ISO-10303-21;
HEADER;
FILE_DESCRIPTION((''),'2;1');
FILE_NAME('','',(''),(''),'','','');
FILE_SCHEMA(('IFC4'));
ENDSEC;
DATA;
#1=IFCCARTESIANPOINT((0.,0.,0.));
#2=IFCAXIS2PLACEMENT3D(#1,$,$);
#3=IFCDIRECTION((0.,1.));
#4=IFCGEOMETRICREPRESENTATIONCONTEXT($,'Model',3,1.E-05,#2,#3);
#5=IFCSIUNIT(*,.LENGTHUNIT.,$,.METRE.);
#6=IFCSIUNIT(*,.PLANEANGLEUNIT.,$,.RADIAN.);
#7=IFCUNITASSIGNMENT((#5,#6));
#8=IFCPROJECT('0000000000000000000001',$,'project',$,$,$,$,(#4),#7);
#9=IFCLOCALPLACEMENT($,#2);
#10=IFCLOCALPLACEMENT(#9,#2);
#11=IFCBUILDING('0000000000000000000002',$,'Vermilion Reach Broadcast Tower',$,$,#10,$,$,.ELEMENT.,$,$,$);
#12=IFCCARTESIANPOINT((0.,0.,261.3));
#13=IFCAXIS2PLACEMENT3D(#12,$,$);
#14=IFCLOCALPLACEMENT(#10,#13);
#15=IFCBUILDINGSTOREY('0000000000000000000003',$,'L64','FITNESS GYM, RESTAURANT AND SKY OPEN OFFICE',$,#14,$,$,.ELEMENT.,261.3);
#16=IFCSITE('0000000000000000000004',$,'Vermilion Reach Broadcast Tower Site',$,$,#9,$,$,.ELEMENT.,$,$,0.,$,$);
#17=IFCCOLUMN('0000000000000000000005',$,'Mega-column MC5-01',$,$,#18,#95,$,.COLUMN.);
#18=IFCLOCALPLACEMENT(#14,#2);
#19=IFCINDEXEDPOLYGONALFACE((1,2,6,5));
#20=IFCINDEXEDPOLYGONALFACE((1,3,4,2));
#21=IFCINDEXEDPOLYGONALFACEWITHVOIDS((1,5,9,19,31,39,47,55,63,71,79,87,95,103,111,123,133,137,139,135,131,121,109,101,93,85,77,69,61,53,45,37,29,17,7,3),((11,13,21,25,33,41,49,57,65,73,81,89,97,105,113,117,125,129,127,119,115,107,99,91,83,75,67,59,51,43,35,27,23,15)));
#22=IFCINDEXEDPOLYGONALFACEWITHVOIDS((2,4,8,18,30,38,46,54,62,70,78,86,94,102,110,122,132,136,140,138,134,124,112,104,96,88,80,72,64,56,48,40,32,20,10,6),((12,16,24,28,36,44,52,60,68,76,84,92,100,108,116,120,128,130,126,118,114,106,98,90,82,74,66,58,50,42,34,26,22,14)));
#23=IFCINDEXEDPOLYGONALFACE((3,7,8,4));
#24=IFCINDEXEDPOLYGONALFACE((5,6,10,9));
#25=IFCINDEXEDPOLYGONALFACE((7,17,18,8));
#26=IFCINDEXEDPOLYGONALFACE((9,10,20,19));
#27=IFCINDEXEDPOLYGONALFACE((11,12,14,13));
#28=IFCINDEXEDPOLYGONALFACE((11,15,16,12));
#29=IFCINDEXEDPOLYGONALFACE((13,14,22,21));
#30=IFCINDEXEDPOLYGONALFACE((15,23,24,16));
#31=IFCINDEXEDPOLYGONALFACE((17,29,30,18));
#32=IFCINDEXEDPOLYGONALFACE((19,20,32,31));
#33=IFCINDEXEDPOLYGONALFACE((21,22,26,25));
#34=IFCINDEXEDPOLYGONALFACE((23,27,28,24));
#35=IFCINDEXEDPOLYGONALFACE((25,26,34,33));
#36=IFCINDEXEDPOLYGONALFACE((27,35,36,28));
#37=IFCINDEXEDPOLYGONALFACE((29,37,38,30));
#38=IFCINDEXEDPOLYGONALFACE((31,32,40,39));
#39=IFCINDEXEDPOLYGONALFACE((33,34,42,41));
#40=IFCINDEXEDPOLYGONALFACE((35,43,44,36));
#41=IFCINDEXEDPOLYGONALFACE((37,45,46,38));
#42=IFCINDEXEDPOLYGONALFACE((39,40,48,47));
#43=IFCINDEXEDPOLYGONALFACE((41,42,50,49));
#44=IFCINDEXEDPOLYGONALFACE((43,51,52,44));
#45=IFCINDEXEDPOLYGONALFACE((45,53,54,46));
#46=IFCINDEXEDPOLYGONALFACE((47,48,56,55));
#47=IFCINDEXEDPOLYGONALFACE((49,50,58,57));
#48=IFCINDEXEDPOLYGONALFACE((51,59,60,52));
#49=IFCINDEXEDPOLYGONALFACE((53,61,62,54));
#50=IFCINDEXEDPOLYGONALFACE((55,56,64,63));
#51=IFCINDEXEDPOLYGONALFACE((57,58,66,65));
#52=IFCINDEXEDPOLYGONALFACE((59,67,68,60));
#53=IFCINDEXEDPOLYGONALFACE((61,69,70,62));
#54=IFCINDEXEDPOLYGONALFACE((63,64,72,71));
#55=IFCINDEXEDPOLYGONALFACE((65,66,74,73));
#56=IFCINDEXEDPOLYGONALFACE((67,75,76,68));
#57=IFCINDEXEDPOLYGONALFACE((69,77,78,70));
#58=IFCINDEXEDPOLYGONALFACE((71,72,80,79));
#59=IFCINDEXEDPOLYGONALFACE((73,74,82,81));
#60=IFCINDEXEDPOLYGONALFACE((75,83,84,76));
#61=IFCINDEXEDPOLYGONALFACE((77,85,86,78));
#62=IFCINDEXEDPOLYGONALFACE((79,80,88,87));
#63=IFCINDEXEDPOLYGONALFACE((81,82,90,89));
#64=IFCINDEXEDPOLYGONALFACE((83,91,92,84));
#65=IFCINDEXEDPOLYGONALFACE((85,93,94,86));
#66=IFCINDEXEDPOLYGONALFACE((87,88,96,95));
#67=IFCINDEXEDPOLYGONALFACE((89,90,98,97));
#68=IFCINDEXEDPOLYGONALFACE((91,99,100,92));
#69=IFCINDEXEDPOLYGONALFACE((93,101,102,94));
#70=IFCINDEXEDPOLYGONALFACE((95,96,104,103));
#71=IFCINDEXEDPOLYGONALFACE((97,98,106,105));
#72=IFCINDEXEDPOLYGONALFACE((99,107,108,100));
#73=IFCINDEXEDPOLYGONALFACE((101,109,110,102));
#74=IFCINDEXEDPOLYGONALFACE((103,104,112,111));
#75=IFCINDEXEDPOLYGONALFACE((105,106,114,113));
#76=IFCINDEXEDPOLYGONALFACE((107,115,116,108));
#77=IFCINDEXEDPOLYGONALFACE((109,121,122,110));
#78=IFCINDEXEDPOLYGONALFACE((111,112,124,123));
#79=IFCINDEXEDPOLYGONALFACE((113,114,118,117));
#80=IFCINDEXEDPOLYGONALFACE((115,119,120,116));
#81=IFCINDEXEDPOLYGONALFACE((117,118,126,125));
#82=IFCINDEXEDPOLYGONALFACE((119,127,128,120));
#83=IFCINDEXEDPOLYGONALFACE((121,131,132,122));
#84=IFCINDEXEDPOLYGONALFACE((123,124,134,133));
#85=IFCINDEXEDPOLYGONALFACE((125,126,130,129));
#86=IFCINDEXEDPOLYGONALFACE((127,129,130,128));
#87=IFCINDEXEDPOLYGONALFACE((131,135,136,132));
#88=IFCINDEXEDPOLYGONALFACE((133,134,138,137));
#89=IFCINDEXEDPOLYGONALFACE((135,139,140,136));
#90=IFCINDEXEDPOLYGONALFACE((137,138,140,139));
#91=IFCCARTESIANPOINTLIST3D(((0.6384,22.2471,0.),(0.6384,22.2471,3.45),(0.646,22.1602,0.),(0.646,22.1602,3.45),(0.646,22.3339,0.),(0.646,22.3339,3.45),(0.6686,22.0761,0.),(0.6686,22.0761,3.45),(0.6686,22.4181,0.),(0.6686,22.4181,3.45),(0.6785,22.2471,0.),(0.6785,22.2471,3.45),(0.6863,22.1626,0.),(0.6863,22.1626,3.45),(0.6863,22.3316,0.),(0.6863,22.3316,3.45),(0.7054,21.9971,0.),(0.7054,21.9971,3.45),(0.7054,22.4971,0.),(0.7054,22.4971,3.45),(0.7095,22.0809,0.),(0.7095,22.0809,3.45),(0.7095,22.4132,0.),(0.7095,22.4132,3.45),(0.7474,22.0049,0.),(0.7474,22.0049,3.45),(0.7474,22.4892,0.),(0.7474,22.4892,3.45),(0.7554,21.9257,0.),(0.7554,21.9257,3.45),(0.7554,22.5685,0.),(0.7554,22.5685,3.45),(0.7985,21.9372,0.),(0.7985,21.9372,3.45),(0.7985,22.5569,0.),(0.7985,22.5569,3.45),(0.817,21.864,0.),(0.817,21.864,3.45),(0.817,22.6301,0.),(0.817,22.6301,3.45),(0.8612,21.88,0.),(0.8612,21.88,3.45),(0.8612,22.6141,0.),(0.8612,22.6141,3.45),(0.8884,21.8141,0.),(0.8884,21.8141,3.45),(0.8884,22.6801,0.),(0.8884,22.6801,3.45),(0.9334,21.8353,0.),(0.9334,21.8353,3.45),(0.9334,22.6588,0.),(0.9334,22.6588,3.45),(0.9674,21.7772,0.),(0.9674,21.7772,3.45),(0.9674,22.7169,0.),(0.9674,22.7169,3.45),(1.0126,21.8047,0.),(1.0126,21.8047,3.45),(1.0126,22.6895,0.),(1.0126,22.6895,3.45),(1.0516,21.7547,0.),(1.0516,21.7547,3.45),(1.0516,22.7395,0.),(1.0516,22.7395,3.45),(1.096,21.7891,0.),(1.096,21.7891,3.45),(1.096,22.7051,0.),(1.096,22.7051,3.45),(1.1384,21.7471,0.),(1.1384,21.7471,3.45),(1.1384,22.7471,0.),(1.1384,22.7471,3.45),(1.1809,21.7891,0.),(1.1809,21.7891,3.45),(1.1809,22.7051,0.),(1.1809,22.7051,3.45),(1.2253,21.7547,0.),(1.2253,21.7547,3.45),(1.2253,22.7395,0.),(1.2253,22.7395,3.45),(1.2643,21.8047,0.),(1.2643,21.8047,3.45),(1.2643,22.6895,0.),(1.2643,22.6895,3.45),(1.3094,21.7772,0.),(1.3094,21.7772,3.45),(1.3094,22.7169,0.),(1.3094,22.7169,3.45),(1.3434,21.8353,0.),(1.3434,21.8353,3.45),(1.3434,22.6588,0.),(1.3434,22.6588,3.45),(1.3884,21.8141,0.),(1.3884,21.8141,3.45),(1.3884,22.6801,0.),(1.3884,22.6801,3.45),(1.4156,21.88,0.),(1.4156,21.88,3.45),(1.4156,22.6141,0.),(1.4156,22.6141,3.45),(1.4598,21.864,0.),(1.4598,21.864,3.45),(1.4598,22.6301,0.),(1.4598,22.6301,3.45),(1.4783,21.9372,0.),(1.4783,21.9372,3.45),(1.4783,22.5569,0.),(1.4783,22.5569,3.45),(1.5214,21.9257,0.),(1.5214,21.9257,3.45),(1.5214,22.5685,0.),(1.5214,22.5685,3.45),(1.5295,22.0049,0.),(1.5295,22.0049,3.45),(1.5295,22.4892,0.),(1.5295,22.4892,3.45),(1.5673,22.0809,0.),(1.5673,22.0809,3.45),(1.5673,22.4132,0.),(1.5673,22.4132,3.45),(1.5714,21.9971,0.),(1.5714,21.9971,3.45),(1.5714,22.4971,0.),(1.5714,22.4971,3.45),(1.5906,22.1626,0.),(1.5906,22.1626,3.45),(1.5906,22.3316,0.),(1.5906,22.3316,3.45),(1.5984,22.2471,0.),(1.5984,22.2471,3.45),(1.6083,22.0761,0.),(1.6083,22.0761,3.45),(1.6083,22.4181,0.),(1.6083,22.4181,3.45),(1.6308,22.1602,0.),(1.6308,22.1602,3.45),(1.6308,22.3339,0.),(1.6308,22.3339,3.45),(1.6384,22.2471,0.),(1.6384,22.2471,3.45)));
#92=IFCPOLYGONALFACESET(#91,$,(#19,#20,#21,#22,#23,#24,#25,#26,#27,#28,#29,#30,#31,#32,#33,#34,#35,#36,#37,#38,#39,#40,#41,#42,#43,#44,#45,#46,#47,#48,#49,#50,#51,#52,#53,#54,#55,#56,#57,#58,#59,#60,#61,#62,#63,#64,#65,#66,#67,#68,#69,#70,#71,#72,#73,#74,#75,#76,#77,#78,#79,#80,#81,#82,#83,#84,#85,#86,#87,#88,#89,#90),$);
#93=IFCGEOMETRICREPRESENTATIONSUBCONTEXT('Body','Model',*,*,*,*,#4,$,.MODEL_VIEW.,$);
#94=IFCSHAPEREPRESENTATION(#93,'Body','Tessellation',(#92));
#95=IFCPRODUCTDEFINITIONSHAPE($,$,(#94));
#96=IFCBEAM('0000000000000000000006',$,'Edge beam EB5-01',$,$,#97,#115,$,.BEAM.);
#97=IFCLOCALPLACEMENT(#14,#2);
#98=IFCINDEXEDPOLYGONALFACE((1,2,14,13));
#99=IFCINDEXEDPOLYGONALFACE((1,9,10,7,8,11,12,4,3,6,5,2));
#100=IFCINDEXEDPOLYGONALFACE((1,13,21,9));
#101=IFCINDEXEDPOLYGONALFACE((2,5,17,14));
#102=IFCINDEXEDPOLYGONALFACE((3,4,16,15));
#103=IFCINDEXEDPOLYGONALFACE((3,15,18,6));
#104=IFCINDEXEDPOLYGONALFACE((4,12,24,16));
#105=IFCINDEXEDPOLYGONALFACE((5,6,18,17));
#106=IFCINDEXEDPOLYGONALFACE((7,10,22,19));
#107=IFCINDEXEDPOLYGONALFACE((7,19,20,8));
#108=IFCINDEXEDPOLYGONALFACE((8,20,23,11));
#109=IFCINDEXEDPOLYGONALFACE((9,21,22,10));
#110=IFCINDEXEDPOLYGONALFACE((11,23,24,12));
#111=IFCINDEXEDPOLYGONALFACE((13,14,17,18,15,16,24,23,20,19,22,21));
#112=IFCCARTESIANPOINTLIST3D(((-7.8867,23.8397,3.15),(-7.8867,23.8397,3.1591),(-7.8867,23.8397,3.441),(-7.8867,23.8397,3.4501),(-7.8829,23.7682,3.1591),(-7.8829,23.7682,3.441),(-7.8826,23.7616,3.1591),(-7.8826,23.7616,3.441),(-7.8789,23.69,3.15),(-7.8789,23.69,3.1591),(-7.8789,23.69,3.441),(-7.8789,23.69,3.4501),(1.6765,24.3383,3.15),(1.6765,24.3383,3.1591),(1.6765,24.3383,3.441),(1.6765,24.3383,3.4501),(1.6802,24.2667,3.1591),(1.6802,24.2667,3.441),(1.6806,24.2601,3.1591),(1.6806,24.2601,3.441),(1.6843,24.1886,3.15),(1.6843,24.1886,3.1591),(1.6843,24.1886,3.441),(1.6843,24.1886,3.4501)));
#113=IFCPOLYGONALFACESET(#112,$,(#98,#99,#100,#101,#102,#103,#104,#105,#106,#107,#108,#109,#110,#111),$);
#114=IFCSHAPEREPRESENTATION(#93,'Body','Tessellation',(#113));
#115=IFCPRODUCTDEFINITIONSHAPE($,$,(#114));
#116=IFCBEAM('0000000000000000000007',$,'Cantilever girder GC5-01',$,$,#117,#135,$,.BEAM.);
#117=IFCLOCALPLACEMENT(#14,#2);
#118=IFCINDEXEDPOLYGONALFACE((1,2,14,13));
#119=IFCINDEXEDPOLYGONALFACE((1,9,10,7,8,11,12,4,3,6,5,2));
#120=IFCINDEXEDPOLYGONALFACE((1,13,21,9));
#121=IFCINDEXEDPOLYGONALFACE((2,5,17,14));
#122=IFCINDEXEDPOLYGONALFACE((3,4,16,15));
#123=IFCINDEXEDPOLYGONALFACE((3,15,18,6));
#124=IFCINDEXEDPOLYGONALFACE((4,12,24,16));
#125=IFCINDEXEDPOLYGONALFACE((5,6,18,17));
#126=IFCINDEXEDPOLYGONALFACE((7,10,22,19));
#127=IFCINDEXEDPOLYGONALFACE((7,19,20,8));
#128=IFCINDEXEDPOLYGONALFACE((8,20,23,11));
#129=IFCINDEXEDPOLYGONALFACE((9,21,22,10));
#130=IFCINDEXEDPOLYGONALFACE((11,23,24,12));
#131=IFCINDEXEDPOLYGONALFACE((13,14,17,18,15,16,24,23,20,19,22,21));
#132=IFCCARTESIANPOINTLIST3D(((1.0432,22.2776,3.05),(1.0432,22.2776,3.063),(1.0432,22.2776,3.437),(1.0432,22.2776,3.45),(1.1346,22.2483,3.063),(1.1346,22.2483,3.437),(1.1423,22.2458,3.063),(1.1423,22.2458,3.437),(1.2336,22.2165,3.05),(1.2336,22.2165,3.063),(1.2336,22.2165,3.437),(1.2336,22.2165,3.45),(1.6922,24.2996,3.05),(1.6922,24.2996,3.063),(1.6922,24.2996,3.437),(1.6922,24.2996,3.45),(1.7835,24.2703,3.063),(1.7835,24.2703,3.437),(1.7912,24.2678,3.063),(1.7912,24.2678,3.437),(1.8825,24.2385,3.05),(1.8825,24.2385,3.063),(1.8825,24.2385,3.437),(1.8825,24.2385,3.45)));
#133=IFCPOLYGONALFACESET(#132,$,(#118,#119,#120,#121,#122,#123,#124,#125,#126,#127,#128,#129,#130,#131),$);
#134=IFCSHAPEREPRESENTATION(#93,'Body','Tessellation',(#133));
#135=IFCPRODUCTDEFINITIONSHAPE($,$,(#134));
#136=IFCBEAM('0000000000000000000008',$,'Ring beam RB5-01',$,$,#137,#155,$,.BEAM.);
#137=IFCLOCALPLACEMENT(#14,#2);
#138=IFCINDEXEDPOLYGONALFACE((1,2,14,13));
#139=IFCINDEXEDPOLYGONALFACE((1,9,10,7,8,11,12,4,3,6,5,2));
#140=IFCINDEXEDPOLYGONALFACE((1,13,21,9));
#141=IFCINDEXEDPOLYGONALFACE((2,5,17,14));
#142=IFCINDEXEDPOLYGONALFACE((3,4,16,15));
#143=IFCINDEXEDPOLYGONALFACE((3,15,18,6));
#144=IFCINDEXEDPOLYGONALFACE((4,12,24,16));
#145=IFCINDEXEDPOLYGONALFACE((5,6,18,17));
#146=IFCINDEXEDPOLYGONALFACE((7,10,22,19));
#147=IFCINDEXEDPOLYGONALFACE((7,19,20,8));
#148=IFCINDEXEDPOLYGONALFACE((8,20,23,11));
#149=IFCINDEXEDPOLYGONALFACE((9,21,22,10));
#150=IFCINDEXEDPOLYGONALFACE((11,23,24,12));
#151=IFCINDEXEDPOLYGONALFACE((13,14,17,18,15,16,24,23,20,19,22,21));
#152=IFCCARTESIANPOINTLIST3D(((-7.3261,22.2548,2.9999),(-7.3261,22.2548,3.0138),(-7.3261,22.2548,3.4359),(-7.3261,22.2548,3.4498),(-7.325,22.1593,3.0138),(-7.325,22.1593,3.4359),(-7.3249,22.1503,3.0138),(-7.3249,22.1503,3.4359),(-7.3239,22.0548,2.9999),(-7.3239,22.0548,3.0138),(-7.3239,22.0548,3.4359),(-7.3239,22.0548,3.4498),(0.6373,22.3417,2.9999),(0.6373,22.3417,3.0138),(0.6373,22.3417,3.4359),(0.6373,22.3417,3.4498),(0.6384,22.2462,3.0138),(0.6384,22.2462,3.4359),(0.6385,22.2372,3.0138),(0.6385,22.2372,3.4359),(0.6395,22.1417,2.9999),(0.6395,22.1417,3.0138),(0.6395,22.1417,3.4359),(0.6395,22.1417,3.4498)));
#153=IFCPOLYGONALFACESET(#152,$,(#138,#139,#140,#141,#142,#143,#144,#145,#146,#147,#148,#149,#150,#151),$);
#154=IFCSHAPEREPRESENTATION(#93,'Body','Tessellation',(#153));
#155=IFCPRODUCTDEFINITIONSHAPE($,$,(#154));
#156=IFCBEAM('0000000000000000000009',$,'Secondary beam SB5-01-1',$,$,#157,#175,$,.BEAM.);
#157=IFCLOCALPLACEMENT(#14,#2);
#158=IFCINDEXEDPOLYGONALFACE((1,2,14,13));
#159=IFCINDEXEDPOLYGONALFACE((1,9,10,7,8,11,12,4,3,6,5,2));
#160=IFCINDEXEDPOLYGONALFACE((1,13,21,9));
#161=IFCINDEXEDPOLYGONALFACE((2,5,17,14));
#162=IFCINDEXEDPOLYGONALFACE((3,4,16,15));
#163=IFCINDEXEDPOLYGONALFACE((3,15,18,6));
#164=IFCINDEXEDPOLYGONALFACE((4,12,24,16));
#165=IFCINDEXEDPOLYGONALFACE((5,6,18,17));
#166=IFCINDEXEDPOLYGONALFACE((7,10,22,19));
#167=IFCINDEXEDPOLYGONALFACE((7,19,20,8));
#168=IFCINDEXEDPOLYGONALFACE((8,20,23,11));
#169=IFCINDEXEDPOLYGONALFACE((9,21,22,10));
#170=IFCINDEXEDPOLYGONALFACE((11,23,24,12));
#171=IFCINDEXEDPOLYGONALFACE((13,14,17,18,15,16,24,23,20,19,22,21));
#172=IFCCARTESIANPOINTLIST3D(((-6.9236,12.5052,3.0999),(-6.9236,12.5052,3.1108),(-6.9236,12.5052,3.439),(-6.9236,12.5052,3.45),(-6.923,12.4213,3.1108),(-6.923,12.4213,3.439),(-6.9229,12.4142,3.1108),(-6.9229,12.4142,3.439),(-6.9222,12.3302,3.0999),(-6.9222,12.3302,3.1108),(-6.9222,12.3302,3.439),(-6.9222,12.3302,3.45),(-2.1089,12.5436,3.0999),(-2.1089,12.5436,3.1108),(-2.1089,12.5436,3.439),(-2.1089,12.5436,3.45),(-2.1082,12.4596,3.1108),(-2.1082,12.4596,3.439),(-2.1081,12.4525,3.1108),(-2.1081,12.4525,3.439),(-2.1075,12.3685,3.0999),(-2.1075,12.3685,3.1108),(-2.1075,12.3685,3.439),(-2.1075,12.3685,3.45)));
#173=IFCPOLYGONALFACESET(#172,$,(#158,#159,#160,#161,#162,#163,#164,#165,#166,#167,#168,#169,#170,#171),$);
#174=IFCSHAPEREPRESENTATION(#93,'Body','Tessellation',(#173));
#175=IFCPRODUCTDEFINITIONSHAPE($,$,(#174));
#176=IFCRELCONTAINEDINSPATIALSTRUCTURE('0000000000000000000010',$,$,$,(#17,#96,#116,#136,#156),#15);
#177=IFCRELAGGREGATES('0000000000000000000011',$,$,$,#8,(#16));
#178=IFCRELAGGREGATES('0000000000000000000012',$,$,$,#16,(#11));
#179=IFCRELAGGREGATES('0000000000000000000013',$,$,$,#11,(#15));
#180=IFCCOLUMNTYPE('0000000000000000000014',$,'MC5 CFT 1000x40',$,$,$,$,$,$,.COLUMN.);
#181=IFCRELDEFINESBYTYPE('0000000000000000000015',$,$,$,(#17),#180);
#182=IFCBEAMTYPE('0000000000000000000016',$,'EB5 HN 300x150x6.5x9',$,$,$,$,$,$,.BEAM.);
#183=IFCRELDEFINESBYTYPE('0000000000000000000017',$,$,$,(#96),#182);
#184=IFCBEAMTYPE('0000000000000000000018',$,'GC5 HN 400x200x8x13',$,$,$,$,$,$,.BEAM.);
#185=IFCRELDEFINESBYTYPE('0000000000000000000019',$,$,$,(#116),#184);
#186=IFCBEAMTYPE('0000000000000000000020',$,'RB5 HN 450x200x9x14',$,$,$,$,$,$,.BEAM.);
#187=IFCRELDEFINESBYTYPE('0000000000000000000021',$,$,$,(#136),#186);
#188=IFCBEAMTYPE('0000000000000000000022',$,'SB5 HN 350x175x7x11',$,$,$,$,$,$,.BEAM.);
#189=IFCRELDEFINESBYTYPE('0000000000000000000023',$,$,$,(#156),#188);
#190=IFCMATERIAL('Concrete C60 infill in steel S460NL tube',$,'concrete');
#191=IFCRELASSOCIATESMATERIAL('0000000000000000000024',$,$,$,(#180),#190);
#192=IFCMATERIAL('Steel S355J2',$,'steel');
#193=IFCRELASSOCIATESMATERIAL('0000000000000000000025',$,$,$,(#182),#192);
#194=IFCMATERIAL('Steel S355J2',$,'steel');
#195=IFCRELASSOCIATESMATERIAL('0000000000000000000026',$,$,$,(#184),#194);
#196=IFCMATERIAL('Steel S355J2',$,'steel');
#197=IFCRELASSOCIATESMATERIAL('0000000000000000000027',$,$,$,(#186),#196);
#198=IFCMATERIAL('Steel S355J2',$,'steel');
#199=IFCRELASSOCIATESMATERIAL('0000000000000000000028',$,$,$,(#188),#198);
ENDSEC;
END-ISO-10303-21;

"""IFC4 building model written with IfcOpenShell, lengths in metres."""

from ifc_helpers import new_model, si_unit, direction, frame, origin, origin_2d, place, context, subcontext, project, spatial, hollow_circle, i_section, extrude, material, material_profile, profile_set, type_object, element, save


model = new_model("IFC4")

# Units and contexts
model_context = context("Model", 3, precision=1e-05, world=origin(), true_north=direction((0.0, 1.0)))
body_context = subcontext(model_context, "Body", "Model", "MODEL_VIEW")
ifc_project = project(units=[si_unit("LENGTHUNIT", "METRE"), si_unit("PLANEANGLEUNIT", "RADIAN")], contexts=[model_context])

# Site, building, storey
site_placement = place(None, origin())
site = spatial("IfcSite", under=ifc_project, at=site_placement, Name="Vermilion Reach Broadcast Tower Site", CompositionType="ELEMENT", RefElevation=0.0)
building_placement = place(site_placement, origin())
building = spatial("IfcBuilding", under=site, at=building_placement, Name="Vermilion Reach Broadcast Tower", CompositionType="ELEMENT")
storey_placement = place(building_placement, frame((0.0, 0.0, 261.3)))
storey = spatial("IfcBuildingStorey", under=building, at=storey_placement, Name="L64", Description="FITNESS GYM, RESTAURANT AND SKY OPEN OFFICE", CompositionType="ELEMENT", Elevation=261.3)

# Column
ifc_material_1 = material(Name="Concrete C60 infill in steel S460NL tube", Category="concrete")
ifc_material_profile_1 = material_profile(ifc_material_1, hollow_circle(Radius=0.5, WallThickness=0.04, at=origin_2d()), Name="Concrete C60 infill in steel S460NL tube CFT 1000x40")
ifc_profile_set_1 = profile_set([ifc_material_profile_1], Name="Concrete C60 infill in steel S460NL tube")
column_type = type_object("IfcColumnType", Name="MC5 CFT 1000x40", PredefinedType="COLUMN", material=ifc_profile_set_1)
column_placement = place(storey_placement, frame((1.1384, 22.2471, 0.0), z_axis=(0.0, 0.0, 1.0), x_axis=(1.0, 0.0, 0.0)))
element("IfcColumn", 1, at=column_placement, inside=storey, type_object=column_type, Name="Mega-column MC5-01", PredefinedType="COLUMN", context=body_context, shape_type="SweptSolid", body=[
    extrude(hollow_circle(Radius=0.5, WallThickness=0.04, at=origin_2d()), origin(), (0.0, 0.0, 1.0), 3.45),
])

# Beams
ifc_material_2 = material(Name="Steel S355J2", Category="steel")
ifc_material_profile_2 = material_profile(ifc_material_2, i_section(OverallWidth=0.1499, OverallDepth=0.3, WebThickness=0.0066, FlangeThickness=0.009, at=origin_2d()), Name="S355J2 HN 300x150x6.5x9")
ifc_profile_set_2 = profile_set([ifc_material_profile_2], Name="Steel S355J2")
beam_type_1 = type_object("IfcBeamType", Name="EB5 HN 300x150x6.5x9", PredefinedType="BEAM", material=ifc_profile_set_2)
beam_1_placement = place(storey_placement, frame((1.6804, 24.2634, 3.3), z_axis=(-0.998644, -0.05206, 0.0), x_axis=(0.05206, -0.998644, 0.0)))
element("IfcBeam", 2, at=beam_1_placement, inside=storey, type_object=beam_type_1, Name="Edge beam EB5-01", PredefinedType="BEAM", context=body_context, shape_type="SweptSolid", body=[
    extrude(i_section(OverallWidth=0.1499, OverallDepth=0.3, WebThickness=0.0066, FlangeThickness=0.009, at=origin_2d()), origin(), (0.0, 0.0, 1.0), 9.5762),
])
ifc_material_3 = material(Name="Steel S355J2", Category="steel")
ifc_material_profile_3 = material_profile(ifc_material_3, i_section(OverallWidth=0.2, OverallDepth=0.3999, WebThickness=0.0081, FlangeThickness=0.0129, at=origin_2d()), Name="S355J2 HN 400x200x8x13")
ifc_profile_set_3 = profile_set([ifc_material_profile_3], Name="Steel S355J2")
beam_type_2 = type_object("IfcBeamType", Name="GC5 HN 400x200x8x13", PredefinedType="BEAM", material=ifc_profile_set_3)
beam_2_placement = place(storey_placement, frame((1.1384, 22.2471, 3.25), z_axis=(0.305585, 0.952165, 0.0), x_axis=(-0.952165, 0.305585, 0.0)))
element("IfcBeam", 3, at=beam_2_placement, inside=storey, type_object=beam_type_2, Name="Cantilever girder GC5-01", PredefinedType="BEAM", context=body_context, shape_type="SweptSolid", body=[
    extrude(i_section(OverallWidth=0.2, OverallDepth=0.3999, WebThickness=0.0081, FlangeThickness=0.0129, at=origin_2d()), origin(), (0.0, 0.0, 1.0), 2.1235),
])
ifc_material_4 = material(Name="Steel S355J2", Category="steel")
ifc_material_profile_4 = material_profile(ifc_material_4, i_section(OverallWidth=0.2, OverallDepth=0.45, WebThickness=0.009, FlangeThickness=0.0139, at=origin_2d()), Name="S355J2 HN 450x200x9x14")
ifc_profile_set_4 = profile_set([ifc_material_profile_4], Name="Steel S355J2")
beam_type_3 = type_object("IfcBeamType", Name="RB5 HN 450x200x9x14", PredefinedType="BEAM", material=ifc_profile_set_4)
beam_3_placement = place(storey_placement, frame((0.6384, 22.2417, 3.2249), z_axis=(-0.99994, -0.010914, 0.0), x_axis=(0.010914, -0.99994, 0.0)))
element("IfcBeam", 4, at=beam_3_placement, inside=storey, type_object=beam_type_3, Name="Ring beam RB5-01", PredefinedType="BEAM", context=body_context, shape_type="SweptSolid", body=[
    extrude(i_section(OverallWidth=0.2, OverallDepth=0.45, WebThickness=0.009, FlangeThickness=0.0139, at=origin_2d()), origin(), (0.0, 0.0, 1.0), 7.9639),
])
ifc_material_5 = material(Name="Steel S355J2", Category="steel")
ifc_material_profile_5 = material_profile(ifc_material_5, i_section(OverallWidth=0.175, OverallDepth=0.3501, WebThickness=0.0071, FlangeThickness=0.011, at=origin_2d()), Name="S355J2 HN 350x175x7x11")
ifc_profile_set_5 = profile_set([ifc_material_profile_5], Name="Steel S355J2")
beam_type_4 = type_object("IfcBeamType", Name="SB5 HN 350x175x7x11", PredefinedType="BEAM", material=ifc_profile_set_5)
beam_4_placement = place(storey_placement, frame((-2.1082, 12.4561, 3.2749), z_axis=(-0.999968, -0.007961, 0.0), x_axis=(0.007961, -0.999968, 0.0)))
element("IfcBeam", 5, at=beam_4_placement, inside=storey, type_object=beam_type_4, Name="Secondary beam SB5-01-1", PredefinedType="BEAM", context=body_context, shape_type="SweptSolid", body=[
    extrude(i_section(OverallWidth=0.175, OverallDepth=0.3501, WebThickness=0.0071, FlangeThickness=0.011, at=origin_2d()), origin(), (0.0, 0.0, 1.0), 4.8149),
])

save(model, "model.ifc")
